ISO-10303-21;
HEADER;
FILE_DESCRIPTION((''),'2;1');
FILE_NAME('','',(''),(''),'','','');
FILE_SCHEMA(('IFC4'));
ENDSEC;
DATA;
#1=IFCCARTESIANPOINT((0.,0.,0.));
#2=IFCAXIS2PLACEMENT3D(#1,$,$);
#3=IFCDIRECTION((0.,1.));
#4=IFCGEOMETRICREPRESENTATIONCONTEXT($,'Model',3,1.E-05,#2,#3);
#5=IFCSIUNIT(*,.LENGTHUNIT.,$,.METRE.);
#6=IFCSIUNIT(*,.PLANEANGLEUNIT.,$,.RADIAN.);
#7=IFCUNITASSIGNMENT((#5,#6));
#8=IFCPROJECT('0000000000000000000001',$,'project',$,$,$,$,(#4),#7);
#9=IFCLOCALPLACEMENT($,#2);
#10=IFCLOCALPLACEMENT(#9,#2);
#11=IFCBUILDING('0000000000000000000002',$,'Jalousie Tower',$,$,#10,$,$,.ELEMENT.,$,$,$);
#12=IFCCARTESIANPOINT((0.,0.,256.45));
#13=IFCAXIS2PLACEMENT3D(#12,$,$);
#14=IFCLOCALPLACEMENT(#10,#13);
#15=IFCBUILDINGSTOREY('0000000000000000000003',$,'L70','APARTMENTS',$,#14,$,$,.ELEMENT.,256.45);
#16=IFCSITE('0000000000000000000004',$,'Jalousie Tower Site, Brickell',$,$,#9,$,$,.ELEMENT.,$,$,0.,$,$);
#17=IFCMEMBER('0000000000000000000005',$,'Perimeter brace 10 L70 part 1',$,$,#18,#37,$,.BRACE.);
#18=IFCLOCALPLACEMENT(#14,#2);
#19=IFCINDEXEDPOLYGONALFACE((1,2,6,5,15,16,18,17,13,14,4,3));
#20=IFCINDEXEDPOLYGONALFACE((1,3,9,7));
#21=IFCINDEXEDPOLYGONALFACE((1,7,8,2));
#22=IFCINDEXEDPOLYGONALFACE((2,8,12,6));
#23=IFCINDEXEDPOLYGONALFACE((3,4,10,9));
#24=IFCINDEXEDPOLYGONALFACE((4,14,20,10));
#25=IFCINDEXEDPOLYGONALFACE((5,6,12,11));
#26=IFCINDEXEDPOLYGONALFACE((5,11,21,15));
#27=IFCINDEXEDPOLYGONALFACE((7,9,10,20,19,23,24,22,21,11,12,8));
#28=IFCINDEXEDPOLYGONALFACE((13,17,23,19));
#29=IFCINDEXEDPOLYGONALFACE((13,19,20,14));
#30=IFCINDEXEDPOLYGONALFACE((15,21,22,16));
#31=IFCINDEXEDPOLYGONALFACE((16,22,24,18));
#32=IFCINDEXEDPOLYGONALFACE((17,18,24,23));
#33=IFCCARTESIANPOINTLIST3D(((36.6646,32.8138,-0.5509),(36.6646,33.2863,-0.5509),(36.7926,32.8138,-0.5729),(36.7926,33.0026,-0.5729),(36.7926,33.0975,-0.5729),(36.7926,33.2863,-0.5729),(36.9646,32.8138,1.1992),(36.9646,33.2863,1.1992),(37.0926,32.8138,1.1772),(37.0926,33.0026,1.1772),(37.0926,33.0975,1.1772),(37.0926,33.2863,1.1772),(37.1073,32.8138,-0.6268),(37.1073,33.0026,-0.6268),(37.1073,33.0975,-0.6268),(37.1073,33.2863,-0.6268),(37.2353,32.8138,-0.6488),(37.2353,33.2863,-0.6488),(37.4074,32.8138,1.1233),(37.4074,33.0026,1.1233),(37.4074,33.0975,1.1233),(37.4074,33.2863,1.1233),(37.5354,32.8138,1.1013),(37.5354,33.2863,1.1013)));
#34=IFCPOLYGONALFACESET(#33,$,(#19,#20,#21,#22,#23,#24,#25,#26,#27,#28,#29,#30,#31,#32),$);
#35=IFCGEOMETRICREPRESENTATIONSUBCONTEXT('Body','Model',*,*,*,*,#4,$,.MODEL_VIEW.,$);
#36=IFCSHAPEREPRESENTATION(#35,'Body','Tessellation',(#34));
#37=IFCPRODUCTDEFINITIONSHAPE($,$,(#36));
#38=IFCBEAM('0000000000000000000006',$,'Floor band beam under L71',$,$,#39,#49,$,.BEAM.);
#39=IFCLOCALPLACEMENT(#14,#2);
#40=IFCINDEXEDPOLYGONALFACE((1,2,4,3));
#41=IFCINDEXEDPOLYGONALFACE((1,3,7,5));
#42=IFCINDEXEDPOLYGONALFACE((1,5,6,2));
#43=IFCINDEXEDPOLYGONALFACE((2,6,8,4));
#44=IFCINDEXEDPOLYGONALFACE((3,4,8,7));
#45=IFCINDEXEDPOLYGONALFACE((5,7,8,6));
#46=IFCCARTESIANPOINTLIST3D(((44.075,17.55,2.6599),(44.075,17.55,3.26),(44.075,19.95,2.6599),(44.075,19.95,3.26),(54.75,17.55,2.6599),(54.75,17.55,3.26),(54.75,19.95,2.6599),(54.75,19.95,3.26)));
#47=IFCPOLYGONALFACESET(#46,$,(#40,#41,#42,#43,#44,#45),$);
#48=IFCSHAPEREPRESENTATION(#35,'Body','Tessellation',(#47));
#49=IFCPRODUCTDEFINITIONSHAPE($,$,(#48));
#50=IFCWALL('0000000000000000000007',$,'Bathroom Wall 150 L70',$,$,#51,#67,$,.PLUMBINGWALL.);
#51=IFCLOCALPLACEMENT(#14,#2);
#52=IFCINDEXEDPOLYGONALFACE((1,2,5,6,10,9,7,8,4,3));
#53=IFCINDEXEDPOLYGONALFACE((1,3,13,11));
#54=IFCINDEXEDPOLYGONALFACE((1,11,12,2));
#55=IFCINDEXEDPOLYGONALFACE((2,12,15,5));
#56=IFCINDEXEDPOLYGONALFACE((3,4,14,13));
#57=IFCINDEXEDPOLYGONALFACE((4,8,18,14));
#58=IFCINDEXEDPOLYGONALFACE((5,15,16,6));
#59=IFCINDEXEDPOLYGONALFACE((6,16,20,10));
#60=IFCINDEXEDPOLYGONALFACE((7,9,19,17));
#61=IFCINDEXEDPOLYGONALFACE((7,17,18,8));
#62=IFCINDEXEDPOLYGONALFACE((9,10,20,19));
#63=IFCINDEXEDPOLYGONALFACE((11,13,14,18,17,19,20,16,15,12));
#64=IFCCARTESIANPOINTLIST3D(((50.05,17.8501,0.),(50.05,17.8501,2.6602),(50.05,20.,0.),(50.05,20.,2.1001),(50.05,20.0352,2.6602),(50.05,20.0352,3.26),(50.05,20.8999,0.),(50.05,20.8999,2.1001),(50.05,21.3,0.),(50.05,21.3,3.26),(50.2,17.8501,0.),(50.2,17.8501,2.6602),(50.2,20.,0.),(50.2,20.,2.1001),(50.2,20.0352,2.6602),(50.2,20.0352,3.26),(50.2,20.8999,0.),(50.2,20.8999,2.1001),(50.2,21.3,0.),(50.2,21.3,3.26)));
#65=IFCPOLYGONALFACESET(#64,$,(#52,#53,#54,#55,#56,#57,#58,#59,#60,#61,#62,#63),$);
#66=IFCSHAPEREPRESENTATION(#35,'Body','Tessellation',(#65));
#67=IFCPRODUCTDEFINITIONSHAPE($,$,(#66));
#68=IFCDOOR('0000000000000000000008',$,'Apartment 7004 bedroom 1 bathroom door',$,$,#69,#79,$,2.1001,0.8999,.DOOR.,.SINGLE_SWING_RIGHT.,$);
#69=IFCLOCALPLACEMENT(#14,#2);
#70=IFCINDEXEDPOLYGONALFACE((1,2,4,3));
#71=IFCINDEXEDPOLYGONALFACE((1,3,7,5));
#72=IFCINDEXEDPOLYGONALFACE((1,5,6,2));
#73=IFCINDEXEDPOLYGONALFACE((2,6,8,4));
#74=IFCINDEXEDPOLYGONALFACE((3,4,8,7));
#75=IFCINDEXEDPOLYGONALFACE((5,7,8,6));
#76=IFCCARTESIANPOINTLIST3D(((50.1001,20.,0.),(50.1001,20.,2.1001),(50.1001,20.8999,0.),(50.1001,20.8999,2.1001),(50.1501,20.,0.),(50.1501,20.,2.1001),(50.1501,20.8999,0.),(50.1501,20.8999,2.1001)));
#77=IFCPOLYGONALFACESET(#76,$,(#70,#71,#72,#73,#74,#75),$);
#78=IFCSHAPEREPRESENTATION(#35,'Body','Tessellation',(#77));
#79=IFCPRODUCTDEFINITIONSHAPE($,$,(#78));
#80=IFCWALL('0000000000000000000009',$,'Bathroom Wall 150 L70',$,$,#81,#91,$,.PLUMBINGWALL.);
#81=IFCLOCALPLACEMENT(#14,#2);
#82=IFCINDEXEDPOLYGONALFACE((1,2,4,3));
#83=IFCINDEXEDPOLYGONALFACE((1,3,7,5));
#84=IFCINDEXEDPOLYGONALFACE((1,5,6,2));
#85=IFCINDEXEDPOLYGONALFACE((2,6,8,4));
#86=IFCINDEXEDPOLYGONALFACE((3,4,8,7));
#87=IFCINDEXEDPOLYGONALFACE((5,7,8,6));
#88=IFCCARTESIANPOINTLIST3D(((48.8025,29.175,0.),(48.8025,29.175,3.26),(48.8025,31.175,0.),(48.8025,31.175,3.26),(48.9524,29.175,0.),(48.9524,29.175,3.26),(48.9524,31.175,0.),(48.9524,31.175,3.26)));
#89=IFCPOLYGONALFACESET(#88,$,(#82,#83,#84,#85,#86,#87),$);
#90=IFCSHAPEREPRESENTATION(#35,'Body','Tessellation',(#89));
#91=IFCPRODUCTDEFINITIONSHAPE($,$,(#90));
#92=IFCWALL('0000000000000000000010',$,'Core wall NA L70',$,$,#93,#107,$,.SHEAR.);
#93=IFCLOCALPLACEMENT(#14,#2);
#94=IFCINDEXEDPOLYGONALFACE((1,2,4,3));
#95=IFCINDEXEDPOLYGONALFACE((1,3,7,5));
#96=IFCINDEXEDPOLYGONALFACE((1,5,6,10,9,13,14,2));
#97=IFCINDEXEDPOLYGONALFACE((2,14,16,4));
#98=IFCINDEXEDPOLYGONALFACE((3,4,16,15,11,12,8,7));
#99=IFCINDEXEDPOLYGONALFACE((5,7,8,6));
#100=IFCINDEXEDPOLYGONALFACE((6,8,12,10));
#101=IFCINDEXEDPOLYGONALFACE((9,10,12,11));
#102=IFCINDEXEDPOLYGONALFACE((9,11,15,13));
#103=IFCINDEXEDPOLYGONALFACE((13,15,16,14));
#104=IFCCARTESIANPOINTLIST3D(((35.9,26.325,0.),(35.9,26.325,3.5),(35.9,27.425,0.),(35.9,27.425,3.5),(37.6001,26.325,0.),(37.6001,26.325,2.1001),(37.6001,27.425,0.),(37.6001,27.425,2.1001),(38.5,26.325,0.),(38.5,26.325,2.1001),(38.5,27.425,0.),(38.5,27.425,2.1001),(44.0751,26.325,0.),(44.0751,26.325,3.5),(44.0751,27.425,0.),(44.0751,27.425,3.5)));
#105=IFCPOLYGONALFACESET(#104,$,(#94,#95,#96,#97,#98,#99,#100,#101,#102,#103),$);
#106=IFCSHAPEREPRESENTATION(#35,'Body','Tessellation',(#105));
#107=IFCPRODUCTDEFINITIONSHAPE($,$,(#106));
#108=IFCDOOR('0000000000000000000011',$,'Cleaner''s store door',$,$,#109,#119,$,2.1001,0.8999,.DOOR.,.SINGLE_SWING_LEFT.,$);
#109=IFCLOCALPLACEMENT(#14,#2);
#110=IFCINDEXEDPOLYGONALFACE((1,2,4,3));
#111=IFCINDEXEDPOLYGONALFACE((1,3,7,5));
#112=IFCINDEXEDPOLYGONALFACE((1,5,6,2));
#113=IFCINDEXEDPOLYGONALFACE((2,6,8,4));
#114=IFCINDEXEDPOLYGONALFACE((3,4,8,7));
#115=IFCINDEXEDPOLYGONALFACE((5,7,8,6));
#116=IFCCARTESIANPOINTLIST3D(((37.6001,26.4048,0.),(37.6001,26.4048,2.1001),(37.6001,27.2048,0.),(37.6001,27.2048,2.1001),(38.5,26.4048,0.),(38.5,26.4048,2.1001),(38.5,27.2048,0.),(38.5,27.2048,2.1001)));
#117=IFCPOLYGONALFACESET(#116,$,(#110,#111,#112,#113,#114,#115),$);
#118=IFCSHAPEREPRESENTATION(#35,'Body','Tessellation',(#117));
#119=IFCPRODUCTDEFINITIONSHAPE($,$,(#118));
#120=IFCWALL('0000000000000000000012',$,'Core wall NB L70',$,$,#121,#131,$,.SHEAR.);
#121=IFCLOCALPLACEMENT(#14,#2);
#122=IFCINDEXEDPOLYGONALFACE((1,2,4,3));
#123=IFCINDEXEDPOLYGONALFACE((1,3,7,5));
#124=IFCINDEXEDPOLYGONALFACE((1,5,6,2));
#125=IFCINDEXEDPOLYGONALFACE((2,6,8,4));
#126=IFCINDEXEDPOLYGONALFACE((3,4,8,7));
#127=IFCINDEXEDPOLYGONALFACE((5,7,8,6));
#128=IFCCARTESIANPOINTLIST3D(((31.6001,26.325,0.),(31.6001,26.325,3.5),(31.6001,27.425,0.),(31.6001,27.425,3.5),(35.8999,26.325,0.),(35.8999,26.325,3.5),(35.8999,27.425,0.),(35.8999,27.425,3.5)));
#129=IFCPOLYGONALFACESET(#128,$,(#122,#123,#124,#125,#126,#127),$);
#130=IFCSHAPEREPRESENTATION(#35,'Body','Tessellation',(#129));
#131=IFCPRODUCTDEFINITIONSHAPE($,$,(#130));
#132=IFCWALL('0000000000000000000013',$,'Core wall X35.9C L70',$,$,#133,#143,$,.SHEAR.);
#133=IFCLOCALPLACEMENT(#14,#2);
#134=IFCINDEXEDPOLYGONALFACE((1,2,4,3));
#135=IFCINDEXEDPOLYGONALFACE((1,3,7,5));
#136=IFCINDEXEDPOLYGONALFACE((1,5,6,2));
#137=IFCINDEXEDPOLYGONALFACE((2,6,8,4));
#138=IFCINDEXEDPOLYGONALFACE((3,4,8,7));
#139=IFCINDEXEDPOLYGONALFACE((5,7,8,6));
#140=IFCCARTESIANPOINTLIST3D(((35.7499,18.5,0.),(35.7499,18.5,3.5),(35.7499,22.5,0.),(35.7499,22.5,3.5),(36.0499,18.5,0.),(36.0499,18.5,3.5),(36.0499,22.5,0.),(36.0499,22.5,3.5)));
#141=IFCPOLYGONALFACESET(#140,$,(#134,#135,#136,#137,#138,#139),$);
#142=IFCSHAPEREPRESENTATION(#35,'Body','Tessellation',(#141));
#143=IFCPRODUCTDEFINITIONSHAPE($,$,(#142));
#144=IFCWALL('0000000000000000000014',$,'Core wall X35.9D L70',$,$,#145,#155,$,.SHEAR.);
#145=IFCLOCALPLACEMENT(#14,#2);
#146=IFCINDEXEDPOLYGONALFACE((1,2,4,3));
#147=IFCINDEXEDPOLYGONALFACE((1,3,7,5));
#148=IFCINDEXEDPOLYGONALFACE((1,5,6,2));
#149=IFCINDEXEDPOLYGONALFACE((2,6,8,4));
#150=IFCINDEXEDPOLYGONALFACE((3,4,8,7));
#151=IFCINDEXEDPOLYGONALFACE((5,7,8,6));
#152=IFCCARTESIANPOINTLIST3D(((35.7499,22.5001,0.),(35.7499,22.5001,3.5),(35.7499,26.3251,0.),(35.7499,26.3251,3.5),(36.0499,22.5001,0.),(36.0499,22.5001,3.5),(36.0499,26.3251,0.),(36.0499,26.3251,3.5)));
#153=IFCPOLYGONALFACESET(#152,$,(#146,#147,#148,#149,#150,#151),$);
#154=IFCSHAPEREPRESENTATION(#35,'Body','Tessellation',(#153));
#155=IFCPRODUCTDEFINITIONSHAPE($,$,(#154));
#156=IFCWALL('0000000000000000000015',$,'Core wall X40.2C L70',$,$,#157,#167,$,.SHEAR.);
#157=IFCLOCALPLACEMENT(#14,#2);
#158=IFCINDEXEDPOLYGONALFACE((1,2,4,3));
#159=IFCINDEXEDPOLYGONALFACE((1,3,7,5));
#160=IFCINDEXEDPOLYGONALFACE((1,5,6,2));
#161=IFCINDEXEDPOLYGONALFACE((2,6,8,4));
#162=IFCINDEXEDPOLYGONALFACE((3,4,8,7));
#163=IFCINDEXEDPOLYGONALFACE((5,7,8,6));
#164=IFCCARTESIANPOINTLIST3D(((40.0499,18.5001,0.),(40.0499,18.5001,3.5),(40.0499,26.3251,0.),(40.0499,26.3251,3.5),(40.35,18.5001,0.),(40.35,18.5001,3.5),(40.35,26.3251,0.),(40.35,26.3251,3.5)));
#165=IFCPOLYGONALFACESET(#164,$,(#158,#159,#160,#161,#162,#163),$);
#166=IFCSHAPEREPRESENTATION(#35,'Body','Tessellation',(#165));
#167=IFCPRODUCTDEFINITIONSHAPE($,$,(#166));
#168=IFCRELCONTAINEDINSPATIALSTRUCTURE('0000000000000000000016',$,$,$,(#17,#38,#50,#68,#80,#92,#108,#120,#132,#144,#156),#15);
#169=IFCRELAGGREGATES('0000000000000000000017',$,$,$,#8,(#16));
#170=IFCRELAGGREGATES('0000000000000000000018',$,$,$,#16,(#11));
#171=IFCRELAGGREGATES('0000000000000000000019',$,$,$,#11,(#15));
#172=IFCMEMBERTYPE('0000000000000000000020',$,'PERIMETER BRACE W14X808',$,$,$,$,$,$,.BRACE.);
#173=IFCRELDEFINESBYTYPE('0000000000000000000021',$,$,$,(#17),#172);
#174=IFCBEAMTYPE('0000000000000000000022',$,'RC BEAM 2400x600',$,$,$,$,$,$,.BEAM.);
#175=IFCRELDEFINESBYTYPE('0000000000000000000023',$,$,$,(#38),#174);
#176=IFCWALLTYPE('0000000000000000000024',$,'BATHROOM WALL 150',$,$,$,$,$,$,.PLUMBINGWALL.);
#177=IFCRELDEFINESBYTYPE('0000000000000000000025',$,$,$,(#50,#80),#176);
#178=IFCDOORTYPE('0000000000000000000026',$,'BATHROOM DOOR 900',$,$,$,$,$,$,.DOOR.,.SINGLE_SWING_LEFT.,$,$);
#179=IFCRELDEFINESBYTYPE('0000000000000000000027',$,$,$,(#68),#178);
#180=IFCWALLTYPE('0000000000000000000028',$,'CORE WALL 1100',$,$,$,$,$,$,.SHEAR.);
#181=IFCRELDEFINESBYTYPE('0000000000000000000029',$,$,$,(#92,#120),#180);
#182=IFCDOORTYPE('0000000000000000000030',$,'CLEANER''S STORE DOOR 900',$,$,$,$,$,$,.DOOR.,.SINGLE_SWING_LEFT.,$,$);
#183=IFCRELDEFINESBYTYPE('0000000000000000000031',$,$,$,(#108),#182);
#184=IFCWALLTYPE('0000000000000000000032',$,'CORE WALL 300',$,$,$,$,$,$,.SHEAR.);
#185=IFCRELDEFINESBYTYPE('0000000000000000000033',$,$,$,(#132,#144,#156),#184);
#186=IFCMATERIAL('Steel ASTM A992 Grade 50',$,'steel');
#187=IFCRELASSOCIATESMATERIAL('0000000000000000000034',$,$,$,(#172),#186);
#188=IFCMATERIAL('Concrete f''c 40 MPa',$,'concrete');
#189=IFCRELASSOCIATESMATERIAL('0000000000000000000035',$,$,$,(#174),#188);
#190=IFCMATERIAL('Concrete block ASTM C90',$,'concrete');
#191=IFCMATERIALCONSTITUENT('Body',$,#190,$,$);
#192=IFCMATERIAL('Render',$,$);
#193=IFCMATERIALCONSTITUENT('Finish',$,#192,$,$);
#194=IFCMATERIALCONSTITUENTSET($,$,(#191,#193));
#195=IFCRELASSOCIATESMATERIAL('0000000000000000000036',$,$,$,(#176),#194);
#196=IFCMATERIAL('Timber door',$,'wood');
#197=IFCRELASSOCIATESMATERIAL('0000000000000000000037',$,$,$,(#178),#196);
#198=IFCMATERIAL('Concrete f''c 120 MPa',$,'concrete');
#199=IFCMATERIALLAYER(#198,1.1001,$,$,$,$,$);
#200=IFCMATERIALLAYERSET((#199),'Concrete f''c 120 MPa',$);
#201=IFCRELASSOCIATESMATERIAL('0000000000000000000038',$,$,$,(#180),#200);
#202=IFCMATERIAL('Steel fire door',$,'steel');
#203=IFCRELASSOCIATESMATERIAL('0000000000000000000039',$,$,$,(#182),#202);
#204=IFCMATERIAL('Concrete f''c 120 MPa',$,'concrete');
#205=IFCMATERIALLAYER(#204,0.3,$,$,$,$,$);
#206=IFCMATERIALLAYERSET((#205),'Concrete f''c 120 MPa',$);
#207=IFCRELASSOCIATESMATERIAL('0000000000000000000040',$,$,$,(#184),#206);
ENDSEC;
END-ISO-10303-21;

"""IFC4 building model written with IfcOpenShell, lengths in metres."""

from ifc_helpers import new_model, si_unit, direction, frame, frame_2d, origin, origin_2d, place, context, subcontext, project, spatial, polyline, rectangle, i_section, outline, extrude, material, layer, layer_set, constituent, constituent_set, material_profile, profile_set, type_object, element, fill, save


model = new_model("IFC4")

# Units and contexts
model_context = context("Model", 3, precision=1e-05, world=origin(), true_north=direction((0.0, 1.0)))
body_context = subcontext(model_context, "Body", "Model", "MODEL_VIEW")
ifc_project = project(units=[si_unit("LENGTHUNIT", "METRE"), si_unit("PLANEANGLEUNIT", "RADIAN")], contexts=[model_context])

# Site, building, storey
site_placement = place(None, origin())
site = spatial("IfcSite", under=ifc_project, at=site_placement, Name="Jalousie Tower Site, Brickell", CompositionType="ELEMENT", RefElevation=0.0)
building_placement = place(site_placement, origin())
building = spatial("IfcBuilding", under=site, at=building_placement, Name="Jalousie Tower", CompositionType="ELEMENT")
storey_placement = place(building_placement, frame((0.0, 0.0, 256.45)))
storey = spatial("IfcBuildingStorey", under=building, at=storey_placement, Name="L70", Description="APARTMENTS", CompositionType="ELEMENT", Elevation=256.45)

# Member
ifc_material_1 = material(Name="Steel ASTM A992 Grade 50", Category="steel")
ifc_material_profile_1 = material_profile(ifc_material_1, i_section(OverallWidth=0.4724, OverallDepth=0.5791, WebThickness=0.095, FlangeThickness=0.1299, at=origin_2d()), Name="W14X808")
ifc_profile_set_1 = profile_set([ifc_material_profile_1], Name="Steel ASTM A992 Grade 50")
member_type = type_object("IfcMemberType", Name="PERIMETER BRACE W14X808", PredefinedType="BRACE", material=ifc_profile_set_1)
member_placement = place(storey_placement, frame((36.95, 33.05, -0.5999), z_axis=(0.168991, 0.0, 0.985618), x_axis=(0.0, 1.0, 0.0)))
element("IfcMember", 1, at=member_placement, inside=storey, type_object=member_type, Name="Perimeter brace 10 L70 part 1", PredefinedType="BRACE", context=body_context, shape_type="SweptSolid", body=[
    extrude(i_section(OverallWidth=0.4724, OverallDepth=0.5791, WebThickness=0.095, FlangeThickness=0.1299, at=origin_2d()), origin(), (0.0, 0.0, 1.0), 1.7756),
])

# Beam
ifc_material_2 = material(Name="Concrete f'c 40 MPa", Category="concrete")
ifc_material_profile_2 = material_profile(ifc_material_2, rectangle(XDim=2.3999, YDim=0.6001, at=origin_2d()), Name="RC 2400x600")
ifc_profile_set_2 = profile_set([ifc_material_profile_2], Name="Concrete f'c 40 MPa")
beam_type = type_object("IfcBeamType", Name="RC BEAM 2400x600", PredefinedType="BEAM", material=ifc_profile_set_2)
beam_placement = place(storey_placement, frame((44.075, 18.75, 2.96), z_axis=(1.0, 0.0, 0.0), x_axis=(0.0, 1.0, 0.0)))
element("IfcBeam", 2, at=beam_placement, inside=storey, type_object=beam_type, Name="Floor band beam under L71", PredefinedType="BEAM", context=body_context, shape_type="SweptSolid", body=[
    extrude(rectangle(XDim=2.3999, YDim=0.6001, at=origin_2d()), origin(), (0.0, 0.0, 1.0), 10.675),
])

# Wall, opening, door
ifc_material_3 = material(Name="Concrete block ASTM C90", Category="concrete")
ifc_constituent_1 = constituent(ifc_material_3, Name="Body")
ifc_material_4 = material(Name="Render")
ifc_constituent_2 = constituent(ifc_material_4, Name="Finish")
ifc_constituent_set_1 = constituent_set(constituents=[ifc_constituent_1, ifc_constituent_2])
wall_type_1 = type_object("IfcWallType", Name="BATHROOM WALL 150", PredefinedType="PLUMBINGWALL", material=ifc_constituent_set_1)
wall_1_placement = place(storey_placement, frame((50.125, 17.8501, 0.0), z_axis=(0.0, 0.0, 1.0), x_axis=(0.0, 1.0, 0.0)))
wall_1 = element("IfcWall", 3, at=wall_1_placement, inside=storey, type_object=wall_type_1, Name="Bathroom Wall 150 L70", PredefinedType="PLUMBINGWALL", context=body_context, shape_type="SweptSolid", body=[
    extrude(outline(polyline([(0.0, 0.0), (3.45, 0.0), (3.45, 3.26), (2.1851, 3.26), (2.1851, 2.6602), (0.0, 2.6602), (0.0, 3.26), (0.0, 0.0)])), frame((0.0, 0.075, 0.0), z_axis=(0.0, -1.0, 0.0), x_axis=(1.0, 0.0, 0.0)), (0.0, 0.0, 1.0), 0.1499),
])
opening_1_placement = place(wall_1_placement, frame((2.1499, 0.0, 0.0)))
opening_1 = element("IfcOpeningElement", 4, at=opening_1_placement, cuts=wall_1, PredefinedType="OPENING", context=body_context, shape_type="SweptSolid", body=[
    extrude(rectangle(XDim=0.8999, YDim=2.1001, at=frame_2d((0.45, 1.05))), frame((0.0, 0.085, 0.0), z_axis=(0.0, -1.0, 0.0), x_axis=(1.0, 0.0, 0.0)), (0.0, 0.0, 1.0), 0.1699),
])
ifc_material_5 = material(Name="Timber door", Category="wood")
door_type_1 = type_object("IfcDoorType", Name="BATHROOM DOOR 900", OperationType="SINGLE_SWING_LEFT", PredefinedType="DOOR", material=ifc_material_5)
door_1_placement = place(opening_1_placement, origin())
door_1 = element("IfcDoor", 5, at=door_1_placement, inside=storey, type_object=door_type_1, Name="Apartment 7004 bedroom 1 bathroom door", OperationType="SINGLE_SWING_RIGHT", OverallHeight=2.1001, OverallWidth=0.8999, PredefinedType="DOOR", context=body_context, shape_type="SweptSolid", body=[
    extrude(rectangle(XDim=0.8999, YDim=2.1001, at=frame_2d((0.45, 1.05))), frame((0.0, 0.0249, 0.0), z_axis=(0.0, -1.0, 0.0), x_axis=(1.0, 0.0, 0.0)), (0.0, 0.0, 1.0), 0.05),
])
fill(opening_1, door_1)

# Wall
wall_2_placement = place(storey_placement, frame((48.8774, 29.175, 0.0), z_axis=(0.0, 0.0, 1.0), x_axis=(0.0, 1.0, 0.0)))
element("IfcWall", 6, at=wall_2_placement, inside=storey, type_object=wall_type_1, Name="Bathroom Wall 150 L70", PredefinedType="PLUMBINGWALL", context=body_context, shape_type="SweptSolid", body=[
    extrude(rectangle(XDim=2.0, YDim=0.1499, at=frame_2d((1.0, 0.0))), origin(), (0.0, 0.0, 1.0), 3.26),
])

# Wall, opening, door
ifc_material_6 = material(Name="Concrete f'c 120 MPa", Category="concrete")
ifc_layer_1 = layer(ifc_material_6, 1.1001)
ifc_layer_set_1 = layer_set([ifc_layer_1], Name="Concrete f'c 120 MPa")
wall_type_2 = type_object("IfcWallType", Name="CORE WALL 1100", PredefinedType="SHEAR", material=ifc_layer_set_1)
wall_3_placement = place(storey_placement, frame((44.075, 26.875, 0.0), z_axis=(0.0, 0.0, 1.0), x_axis=(-1.0, 0.0, 0.0)))
wall_3 = element("IfcWall", 7, at=wall_3_placement, inside=storey, type_object=wall_type_2, Name="Core wall NA L70", PredefinedType="SHEAR", context=body_context, shape_type="SweptSolid", body=[
    extrude(rectangle(XDim=8.175, YDim=1.1001, at=frame_2d((4.0874, 0.0))), origin(), (0.0, 0.0, 1.0), 3.5),
])
opening_2_placement = place(wall_3_placement, frame((5.575, 0.0, 0.0)))
opening_2 = element("IfcOpeningElement", 8, at=opening_2_placement, cuts=wall_3, PredefinedType="OPENING", context=body_context, shape_type="SweptSolid", body=[
    extrude(rectangle(XDim=0.8999, YDim=2.1001, at=frame_2d((0.45, 1.05))), frame((0.0, 0.5601, 0.0), z_axis=(0.0, -1.0, 0.0), x_axis=(1.0, 0.0, 0.0)), (0.0, 0.0, 1.0), 1.1201),
])
ifc_material_7 = material(Name="Steel fire door", Category="steel")
door_type_2 = type_object("IfcDoorType", Name="CLEANER'S STORE DOOR 900", OperationType="SINGLE_SWING_LEFT", PredefinedType="DOOR", material=ifc_material_7)
door_2_placement = place(opening_2_placement, origin())
door_2 = element("IfcDoor", 9, at=door_2_placement, inside=storey, type_object=door_type_2, Name="Cleaner's store door", OperationType="SINGLE_SWING_LEFT", OverallHeight=2.1001, OverallWidth=0.8999, PredefinedType="DOOR", context=body_context, shape_type="SweptSolid", body=[
    extrude(rectangle(XDim=0.8999, YDim=2.1001, at=frame_2d((0.45, 1.05))), frame((0.0, 0.4702, 0.0), z_axis=(0.0, -1.0, 0.0), x_axis=(1.0, 0.0, 0.0)), (0.0, 0.0, 1.0), 0.8),
])
fill(opening_2, door_2)

# Walls
wall_4_placement = place(storey_placement, frame((35.8999, 26.875, 0.0), z_axis=(0.0, 0.0, 1.0), x_axis=(-1.0, 0.0, 0.0)))
element("IfcWall", 10, at=wall_4_placement, inside=storey, type_object=wall_type_2, Name="Core wall NB L70", PredefinedType="SHEAR", context=body_context, shape_type="SweptSolid", body=[
    extrude(rectangle(XDim=4.2998, YDim=1.1001, at=frame_2d((2.1499, 0.0))), origin(), (0.0, 0.0, 1.0), 3.5),
])
ifc_material_8 = material(Name="Concrete f'c 120 MPa", Category="concrete")
ifc_layer_2 = layer(ifc_material_8, 0.3)
ifc_layer_set_2 = layer_set([ifc_layer_2], Name="Concrete f'c 120 MPa")
wall_type_3 = type_object("IfcWallType", Name="CORE WALL 300", PredefinedType="SHEAR", material=ifc_layer_set_2)
wall_5_placement = place(storey_placement, frame((35.8999, 18.5, 0.0), z_axis=(0.0, 0.0, 1.0), x_axis=(0.0, 1.0, 0.0)))
element("IfcWall", 11, at=wall_5_placement, inside=storey, type_object=wall_type_3, Name="Core wall X35.9C L70", PredefinedType="SHEAR", context=body_context, shape_type="SweptSolid", body=[
    extrude(rectangle(XDim=4.0, YDim=0.3, at=frame_2d((2.0, 0.0))), origin(), (0.0, 0.0, 1.0), 3.5),
])
wall_6_placement = place(storey_placement, frame((35.8999, 22.5, 0.0), z_axis=(0.0, 0.0, 1.0), x_axis=(0.0, 1.0, 0.0)))
element("IfcWall", 12, at=wall_6_placement, inside=storey, type_object=wall_type_3, Name="Core wall X35.9D L70", PredefinedType="SHEAR", context=body_context, shape_type="SweptSolid", body=[
    extrude(rectangle(XDim=3.825, YDim=0.3, at=frame_2d((1.9126, 0.0))), origin(), (0.0, 0.0, 1.0), 3.5),
])
wall_7_placement = place(storey_placement, frame((40.2, 18.5, 0.0), z_axis=(0.0, 0.0, 1.0), x_axis=(0.0, 1.0, 0.0)))
element("IfcWall", 13, at=wall_7_placement, inside=storey, type_object=wall_type_3, Name="Core wall X40.2C L70", PredefinedType="SHEAR", context=body_context, shape_type="SweptSolid", body=[
    extrude(rectangle(XDim=7.825, YDim=0.3, at=frame_2d((3.9126, 0.0))), origin(), (0.0, 0.0, 1.0), 3.5),
])

save(model, "model.ifc")
